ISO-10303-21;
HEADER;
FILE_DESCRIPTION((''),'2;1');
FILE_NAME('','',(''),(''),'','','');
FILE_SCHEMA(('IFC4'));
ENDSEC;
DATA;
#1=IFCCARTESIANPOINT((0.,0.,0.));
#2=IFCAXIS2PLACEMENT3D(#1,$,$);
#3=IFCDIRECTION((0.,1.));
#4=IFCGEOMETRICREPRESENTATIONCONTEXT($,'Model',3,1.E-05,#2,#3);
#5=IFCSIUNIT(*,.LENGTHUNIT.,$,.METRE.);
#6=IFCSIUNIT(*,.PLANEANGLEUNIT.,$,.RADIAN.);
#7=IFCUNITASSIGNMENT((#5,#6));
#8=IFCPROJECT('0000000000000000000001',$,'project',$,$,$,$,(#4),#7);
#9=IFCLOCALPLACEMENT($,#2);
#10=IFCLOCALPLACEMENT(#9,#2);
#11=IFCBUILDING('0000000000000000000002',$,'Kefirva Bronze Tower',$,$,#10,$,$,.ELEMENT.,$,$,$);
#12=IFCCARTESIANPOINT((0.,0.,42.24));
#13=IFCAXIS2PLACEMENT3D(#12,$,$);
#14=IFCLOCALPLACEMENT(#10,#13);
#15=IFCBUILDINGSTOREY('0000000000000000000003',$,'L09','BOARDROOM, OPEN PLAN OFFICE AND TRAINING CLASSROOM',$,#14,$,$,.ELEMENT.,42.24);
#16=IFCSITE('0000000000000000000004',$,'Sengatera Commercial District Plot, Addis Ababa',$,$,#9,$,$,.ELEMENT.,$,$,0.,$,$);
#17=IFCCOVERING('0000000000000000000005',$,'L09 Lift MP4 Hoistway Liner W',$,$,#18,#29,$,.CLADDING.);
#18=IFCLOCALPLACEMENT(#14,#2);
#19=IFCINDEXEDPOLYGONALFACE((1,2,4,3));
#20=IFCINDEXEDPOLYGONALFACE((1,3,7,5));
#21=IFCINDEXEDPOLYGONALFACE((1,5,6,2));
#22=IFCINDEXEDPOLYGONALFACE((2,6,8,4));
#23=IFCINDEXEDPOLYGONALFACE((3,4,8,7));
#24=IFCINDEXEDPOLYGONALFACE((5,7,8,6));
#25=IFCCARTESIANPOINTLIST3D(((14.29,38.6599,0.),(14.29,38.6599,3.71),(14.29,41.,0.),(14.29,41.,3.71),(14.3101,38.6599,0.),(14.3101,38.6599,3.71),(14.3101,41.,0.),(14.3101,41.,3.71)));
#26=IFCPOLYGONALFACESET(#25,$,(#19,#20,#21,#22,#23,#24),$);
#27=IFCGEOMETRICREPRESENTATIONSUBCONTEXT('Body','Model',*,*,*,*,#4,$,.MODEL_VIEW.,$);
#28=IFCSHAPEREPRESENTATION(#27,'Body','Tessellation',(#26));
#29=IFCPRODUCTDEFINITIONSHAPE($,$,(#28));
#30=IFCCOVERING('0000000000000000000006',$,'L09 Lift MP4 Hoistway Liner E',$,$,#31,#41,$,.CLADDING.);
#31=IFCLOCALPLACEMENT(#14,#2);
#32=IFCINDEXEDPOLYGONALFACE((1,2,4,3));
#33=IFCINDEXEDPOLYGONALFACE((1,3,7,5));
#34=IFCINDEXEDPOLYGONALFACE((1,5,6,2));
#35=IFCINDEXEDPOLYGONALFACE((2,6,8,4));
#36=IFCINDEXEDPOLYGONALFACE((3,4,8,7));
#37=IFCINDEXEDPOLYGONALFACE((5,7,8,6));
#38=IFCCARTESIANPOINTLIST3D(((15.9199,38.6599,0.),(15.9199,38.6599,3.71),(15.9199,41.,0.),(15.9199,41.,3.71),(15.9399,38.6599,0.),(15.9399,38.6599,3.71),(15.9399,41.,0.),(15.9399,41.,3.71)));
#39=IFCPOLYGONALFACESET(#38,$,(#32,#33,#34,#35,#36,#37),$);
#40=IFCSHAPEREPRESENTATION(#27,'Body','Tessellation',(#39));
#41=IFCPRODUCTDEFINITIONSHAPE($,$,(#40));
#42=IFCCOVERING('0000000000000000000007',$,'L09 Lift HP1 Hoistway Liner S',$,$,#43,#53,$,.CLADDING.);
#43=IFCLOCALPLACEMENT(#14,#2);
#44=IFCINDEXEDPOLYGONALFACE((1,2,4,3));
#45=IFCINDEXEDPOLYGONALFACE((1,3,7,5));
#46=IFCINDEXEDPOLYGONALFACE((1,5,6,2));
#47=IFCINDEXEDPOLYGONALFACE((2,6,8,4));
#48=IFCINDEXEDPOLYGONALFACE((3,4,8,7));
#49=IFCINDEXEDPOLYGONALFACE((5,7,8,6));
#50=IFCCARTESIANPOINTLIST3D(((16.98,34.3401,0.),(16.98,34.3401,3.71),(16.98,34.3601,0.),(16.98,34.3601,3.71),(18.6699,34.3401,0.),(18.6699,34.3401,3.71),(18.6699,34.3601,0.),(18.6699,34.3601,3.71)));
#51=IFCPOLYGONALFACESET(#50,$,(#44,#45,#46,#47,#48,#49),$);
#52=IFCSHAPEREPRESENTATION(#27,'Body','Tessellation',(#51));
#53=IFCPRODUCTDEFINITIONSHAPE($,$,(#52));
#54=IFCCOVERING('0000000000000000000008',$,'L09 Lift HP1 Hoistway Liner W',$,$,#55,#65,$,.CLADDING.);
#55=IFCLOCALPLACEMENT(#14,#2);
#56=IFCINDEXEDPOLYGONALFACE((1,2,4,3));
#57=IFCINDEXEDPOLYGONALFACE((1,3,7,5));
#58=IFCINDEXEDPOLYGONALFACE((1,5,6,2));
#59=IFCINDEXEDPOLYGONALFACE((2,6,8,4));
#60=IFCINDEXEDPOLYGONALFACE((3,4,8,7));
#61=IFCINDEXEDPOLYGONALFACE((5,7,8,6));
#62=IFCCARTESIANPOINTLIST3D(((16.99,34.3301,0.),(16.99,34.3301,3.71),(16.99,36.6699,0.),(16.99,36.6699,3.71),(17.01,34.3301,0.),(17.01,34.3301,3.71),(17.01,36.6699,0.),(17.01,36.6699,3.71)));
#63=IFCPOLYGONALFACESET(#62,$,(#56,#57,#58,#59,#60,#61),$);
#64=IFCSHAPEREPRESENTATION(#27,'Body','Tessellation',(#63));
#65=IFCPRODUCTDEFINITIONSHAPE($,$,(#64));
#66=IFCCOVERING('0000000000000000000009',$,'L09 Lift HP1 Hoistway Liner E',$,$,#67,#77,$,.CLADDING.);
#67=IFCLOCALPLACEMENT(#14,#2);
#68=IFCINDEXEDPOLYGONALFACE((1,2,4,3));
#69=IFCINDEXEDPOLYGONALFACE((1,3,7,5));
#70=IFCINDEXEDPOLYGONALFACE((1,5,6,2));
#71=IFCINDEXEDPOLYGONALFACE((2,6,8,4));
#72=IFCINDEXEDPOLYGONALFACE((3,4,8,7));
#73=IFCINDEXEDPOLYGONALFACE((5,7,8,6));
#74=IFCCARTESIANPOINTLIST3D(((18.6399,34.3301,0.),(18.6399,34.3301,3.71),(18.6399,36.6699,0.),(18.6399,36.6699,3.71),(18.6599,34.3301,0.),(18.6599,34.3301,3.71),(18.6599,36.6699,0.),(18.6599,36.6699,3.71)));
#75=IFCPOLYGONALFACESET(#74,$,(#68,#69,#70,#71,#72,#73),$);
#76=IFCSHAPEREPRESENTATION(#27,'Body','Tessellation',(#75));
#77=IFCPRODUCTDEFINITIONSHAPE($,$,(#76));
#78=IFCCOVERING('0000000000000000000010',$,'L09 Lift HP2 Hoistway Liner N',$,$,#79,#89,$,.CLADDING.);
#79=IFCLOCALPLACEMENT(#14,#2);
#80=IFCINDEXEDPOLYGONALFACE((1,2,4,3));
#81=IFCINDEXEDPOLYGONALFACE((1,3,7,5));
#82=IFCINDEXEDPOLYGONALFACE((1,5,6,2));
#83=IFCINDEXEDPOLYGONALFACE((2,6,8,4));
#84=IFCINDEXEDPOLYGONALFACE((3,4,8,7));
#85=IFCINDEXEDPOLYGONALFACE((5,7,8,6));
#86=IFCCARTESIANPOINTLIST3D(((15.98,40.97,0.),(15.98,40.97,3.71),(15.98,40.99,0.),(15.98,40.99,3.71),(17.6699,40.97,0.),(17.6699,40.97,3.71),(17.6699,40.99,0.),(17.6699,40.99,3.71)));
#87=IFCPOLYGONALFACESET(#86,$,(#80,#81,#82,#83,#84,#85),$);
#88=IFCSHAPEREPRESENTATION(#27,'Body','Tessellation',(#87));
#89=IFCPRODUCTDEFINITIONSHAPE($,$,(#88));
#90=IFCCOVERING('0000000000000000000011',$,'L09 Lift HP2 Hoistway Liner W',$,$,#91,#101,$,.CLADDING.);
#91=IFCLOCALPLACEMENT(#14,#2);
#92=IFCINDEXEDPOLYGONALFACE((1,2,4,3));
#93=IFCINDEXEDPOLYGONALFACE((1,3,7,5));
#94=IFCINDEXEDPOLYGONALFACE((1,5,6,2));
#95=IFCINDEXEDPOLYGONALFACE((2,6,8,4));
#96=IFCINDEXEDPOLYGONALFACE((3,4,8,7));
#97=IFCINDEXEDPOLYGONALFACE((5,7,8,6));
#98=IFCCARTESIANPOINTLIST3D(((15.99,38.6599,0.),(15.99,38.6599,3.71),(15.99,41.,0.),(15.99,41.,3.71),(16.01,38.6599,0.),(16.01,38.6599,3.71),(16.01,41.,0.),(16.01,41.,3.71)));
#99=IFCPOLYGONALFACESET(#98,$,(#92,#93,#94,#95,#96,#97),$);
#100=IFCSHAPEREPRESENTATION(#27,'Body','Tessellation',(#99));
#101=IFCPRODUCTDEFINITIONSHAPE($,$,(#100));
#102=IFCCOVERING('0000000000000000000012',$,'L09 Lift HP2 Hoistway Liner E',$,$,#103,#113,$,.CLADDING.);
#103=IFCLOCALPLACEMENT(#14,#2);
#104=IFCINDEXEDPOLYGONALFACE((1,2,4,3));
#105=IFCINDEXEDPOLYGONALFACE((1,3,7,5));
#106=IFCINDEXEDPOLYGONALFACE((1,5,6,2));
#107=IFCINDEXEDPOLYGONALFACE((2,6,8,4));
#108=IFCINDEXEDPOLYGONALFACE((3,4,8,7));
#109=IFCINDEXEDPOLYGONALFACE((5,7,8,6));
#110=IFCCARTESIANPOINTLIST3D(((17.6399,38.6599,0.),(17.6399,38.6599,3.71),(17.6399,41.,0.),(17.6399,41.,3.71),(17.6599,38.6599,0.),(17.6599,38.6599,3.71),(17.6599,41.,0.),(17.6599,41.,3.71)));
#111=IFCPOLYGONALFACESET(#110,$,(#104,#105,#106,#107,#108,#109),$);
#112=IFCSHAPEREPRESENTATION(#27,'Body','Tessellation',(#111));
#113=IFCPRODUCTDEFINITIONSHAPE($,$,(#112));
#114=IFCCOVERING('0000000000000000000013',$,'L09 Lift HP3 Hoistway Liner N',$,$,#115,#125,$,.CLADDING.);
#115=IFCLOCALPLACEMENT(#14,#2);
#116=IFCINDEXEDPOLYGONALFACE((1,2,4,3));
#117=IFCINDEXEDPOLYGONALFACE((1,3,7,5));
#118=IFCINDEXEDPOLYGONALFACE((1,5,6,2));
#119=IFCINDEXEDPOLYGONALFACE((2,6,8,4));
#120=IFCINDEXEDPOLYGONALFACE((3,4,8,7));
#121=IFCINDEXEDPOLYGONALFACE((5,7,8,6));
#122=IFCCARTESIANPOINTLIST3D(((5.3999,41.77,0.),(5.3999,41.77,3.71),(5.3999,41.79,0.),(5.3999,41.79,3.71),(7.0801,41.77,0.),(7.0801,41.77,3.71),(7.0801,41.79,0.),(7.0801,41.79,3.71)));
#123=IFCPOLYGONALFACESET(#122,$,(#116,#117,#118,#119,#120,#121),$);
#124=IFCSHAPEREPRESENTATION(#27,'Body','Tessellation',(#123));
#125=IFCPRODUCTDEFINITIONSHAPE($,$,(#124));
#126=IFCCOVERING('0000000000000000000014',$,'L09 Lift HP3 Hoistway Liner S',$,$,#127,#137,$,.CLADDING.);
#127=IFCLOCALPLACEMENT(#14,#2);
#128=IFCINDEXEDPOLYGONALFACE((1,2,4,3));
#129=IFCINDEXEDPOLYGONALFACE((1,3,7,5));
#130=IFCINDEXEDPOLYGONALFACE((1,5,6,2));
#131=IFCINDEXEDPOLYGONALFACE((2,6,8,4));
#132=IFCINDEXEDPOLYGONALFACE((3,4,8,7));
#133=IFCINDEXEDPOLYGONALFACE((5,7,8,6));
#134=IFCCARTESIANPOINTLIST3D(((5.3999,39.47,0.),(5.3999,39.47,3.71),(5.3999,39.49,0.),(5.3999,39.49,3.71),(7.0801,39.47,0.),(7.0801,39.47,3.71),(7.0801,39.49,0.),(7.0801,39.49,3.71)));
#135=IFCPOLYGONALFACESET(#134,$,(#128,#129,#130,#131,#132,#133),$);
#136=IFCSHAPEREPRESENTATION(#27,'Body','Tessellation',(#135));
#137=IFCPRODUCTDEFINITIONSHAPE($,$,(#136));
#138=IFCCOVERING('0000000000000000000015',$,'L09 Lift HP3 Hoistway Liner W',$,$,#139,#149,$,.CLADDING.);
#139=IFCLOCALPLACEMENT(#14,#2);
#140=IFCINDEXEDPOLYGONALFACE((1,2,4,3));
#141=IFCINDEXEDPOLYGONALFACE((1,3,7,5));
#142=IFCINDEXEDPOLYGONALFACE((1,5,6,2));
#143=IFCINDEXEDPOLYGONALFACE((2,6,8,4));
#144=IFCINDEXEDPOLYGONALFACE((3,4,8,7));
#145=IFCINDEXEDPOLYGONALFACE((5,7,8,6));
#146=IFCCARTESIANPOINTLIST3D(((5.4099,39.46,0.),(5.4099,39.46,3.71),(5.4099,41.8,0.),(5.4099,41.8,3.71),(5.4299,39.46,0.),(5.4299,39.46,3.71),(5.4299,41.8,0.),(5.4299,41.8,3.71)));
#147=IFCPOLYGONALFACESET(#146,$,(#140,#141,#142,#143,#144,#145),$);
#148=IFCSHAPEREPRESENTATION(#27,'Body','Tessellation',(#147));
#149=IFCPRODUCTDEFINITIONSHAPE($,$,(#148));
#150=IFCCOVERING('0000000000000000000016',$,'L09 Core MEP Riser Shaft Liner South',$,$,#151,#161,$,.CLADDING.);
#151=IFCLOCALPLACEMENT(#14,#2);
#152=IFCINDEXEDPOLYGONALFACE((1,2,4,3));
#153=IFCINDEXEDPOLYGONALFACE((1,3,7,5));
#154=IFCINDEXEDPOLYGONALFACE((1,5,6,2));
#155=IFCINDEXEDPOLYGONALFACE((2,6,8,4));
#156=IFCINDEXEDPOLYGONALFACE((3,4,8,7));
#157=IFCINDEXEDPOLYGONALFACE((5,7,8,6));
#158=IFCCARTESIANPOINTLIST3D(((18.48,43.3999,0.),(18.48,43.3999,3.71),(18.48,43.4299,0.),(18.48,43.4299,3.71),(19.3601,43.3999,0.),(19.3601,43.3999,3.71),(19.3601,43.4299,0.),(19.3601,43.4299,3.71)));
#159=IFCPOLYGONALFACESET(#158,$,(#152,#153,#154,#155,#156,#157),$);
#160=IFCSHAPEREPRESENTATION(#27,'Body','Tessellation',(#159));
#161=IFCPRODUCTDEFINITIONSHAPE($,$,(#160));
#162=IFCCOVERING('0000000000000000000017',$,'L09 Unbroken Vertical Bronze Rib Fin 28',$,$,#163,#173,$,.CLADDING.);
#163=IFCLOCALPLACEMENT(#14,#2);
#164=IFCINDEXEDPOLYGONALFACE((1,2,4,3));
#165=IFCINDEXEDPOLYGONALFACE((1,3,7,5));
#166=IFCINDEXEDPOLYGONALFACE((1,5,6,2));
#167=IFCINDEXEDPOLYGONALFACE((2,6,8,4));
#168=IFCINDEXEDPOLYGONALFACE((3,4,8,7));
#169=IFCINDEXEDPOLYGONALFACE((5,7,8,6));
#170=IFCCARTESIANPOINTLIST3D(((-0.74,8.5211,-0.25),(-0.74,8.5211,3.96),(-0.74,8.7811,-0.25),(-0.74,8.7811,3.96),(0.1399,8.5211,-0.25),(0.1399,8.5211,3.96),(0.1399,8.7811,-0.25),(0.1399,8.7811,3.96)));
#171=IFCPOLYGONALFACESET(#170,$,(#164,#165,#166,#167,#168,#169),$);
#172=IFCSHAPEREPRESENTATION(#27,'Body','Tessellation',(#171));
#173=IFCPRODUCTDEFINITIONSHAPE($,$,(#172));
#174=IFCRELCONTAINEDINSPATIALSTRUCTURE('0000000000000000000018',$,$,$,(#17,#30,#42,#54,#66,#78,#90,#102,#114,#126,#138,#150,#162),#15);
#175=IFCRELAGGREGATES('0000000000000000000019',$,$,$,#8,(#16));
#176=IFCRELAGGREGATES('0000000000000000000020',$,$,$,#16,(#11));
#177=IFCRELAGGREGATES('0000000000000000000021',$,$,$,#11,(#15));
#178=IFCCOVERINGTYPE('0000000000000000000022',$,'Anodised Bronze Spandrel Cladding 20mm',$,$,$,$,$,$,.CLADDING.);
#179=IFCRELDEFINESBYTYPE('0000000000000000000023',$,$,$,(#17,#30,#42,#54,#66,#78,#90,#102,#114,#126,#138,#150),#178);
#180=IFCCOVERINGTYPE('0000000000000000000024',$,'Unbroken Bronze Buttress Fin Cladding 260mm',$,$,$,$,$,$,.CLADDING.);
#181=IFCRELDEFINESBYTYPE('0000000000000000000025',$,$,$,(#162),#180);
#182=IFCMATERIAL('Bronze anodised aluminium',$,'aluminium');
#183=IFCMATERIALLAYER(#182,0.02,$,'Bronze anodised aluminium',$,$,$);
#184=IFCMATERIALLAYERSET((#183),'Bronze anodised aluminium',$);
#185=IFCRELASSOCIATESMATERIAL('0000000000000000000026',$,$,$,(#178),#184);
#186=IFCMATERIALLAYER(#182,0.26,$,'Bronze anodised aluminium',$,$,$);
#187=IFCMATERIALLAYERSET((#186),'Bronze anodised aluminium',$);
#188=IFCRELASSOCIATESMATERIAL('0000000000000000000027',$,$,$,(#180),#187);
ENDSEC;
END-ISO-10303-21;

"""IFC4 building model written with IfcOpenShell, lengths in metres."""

from ifc_helpers import new_model, si_unit, direction, frame, origin, origin_2d, place, context, subcontext, project, spatial, polyline, rectangle, outline, extrude, material, layer, layer_set, type_object, element, save


model = new_model("IFC4")

# Units and contexts
model_context = context("Model", 3, precision=1e-05, world=origin(), true_north=direction((0.0, 1.0)))
body_context = subcontext(model_context, "Body", "Model", "MODEL_VIEW")
ifc_project = project(units=[si_unit("LENGTHUNIT", "METRE"), si_unit("PLANEANGLEUNIT", "RADIAN")], contexts=[model_context])

# Site, building, storey
site_placement = place(None, origin())
site = spatial("IfcSite", under=ifc_project, at=site_placement, Name="Sengatera Commercial District Plot, Addis Ababa", CompositionType="ELEMENT", RefElevation=0.0)
building_placement = place(site_placement, origin())
building = spatial("IfcBuilding", under=site, at=building_placement, Name="Kefirva Bronze Tower", CompositionType="ELEMENT")
storey_placement = place(building_placement, frame((0.0, 0.0, 42.24)))
storey = spatial("IfcBuildingStorey", under=building, at=storey_placement, Name="L09", Description="BOARDROOM, OPEN PLAN OFFICE AND TRAINING CLASSROOM", CompositionType="ELEMENT", Elevation=42.24)

# Coverings
ifc_material = material(Name="Bronze anodised aluminium", Category="aluminium")
ifc_layer_1 = layer(ifc_material, 0.02, Name="Bronze anodised aluminium")
ifc_layer_set_1 = layer_set([ifc_layer_1], Name="Bronze anodised aluminium")
covering_type_1 = type_object("IfcCoveringType", Name="Anodised Bronze Spandrel Cladding 20mm", PredefinedType="CLADDING", material=ifc_layer_set_1)
covering_1_placement = place(storey_placement, origin())
element("IfcCovering", 1, at=covering_1_placement, inside=storey, type_object=covering_type_1, Name="L09 Lift MP4 Hoistway Liner W", PredefinedType="CLADDING", context=body_context, shape_type="SweptSolid", body=[
    extrude(outline(polyline([(14.29, 38.6599), (14.3101, 38.6599), (14.3101, 41.0), (14.29, 41.0), (14.29, 38.6599)])), origin(), (0.0, 0.0, 1.0), 3.71),
])
covering_2_placement = place(storey_placement, origin())
element("IfcCovering", 2, at=covering_2_placement, inside=storey, type_object=covering_type_1, Name="L09 Lift MP4 Hoistway Liner E", PredefinedType="CLADDING", context=body_context, shape_type="SweptSolid", body=[
    extrude(outline(polyline([(15.9199, 38.6599), (15.9399, 38.6599), (15.9399, 41.0), (15.9199, 41.0), (15.9199, 38.6599)])), origin(), (0.0, 0.0, 1.0), 3.71),
])
covering_3_placement = place(storey_placement, origin())
element("IfcCovering", 3, at=covering_3_placement, inside=storey, type_object=covering_type_1, Name="L09 Lift HP1 Hoistway Liner S", PredefinedType="CLADDING", context=body_context, shape_type="SweptSolid", body=[
    extrude(outline(polyline([(16.98, 34.3401), (18.6699, 34.3401), (18.6699, 34.3601), (16.98, 34.3601), (16.98, 34.3401)])), origin(), (0.0, 0.0, 1.0), 3.71),
])
covering_4_placement = place(storey_placement, origin())
element("IfcCovering", 4, at=covering_4_placement, inside=storey, type_object=covering_type_1, Name="L09 Lift HP1 Hoistway Liner W", PredefinedType="CLADDING", context=body_context, shape_type="SweptSolid", body=[
    extrude(outline(polyline([(16.99, 34.3301), (17.01, 34.3301), (17.01, 36.6699), (16.99, 36.6699), (16.99, 34.3301)])), origin(), (0.0, 0.0, 1.0), 3.71),
])
covering_5_placement = place(storey_placement, origin())
element("IfcCovering", 5, at=covering_5_placement, inside=storey, type_object=covering_type_1, Name="L09 Lift HP1 Hoistway Liner E", PredefinedType="CLADDING", context=body_context, shape_type="SweptSolid", body=[
    extrude(outline(polyline([(18.6399, 34.3301), (18.6599, 34.3301), (18.6599, 36.6699), (18.6399, 36.6699), (18.6399, 34.3301)])), origin(), (0.0, 0.0, 1.0), 3.71),
])
covering_6_placement = place(storey_placement, origin())
element("IfcCovering", 6, at=covering_6_placement, inside=storey, type_object=covering_type_1, Name="L09 Lift HP2 Hoistway Liner N", PredefinedType="CLADDING", context=body_context, shape_type="SweptSolid", body=[
    extrude(outline(polyline([(15.98, 40.97), (17.6699, 40.97), (17.6699, 40.99), (15.98, 40.99), (15.98, 40.97)])), origin(), (0.0, 0.0, 1.0), 3.71),
])
covering_7_placement = place(storey_placement, origin())
element("IfcCovering", 7, at=covering_7_placement, inside=storey, type_object=covering_type_1, Name="L09 Lift HP2 Hoistway Liner W", PredefinedType="CLADDING", context=body_context, shape_type="SweptSolid", body=[
    extrude(outline(polyline([(15.99, 38.6599), (16.01, 38.6599), (16.01, 41.0), (15.99, 41.0), (15.99, 38.6599)])), origin(), (0.0, 0.0, 1.0), 3.71),
])
covering_8_placement = place(storey_placement, origin())
element("IfcCovering", 8, at=covering_8_placement, inside=storey, type_object=covering_type_1, Name="L09 Lift HP2 Hoistway Liner E", PredefinedType="CLADDING", context=body_context, shape_type="SweptSolid", body=[
    extrude(outline(polyline([(17.6399, 38.6599), (17.6599, 38.6599), (17.6599, 41.0), (17.6399, 41.0), (17.6399, 38.6599)])), origin(), (0.0, 0.0, 1.0), 3.71),
])
covering_9_placement = place(storey_placement, origin())
element("IfcCovering", 9, at=covering_9_placement, inside=storey, type_object=covering_type_1, Name="L09 Lift HP3 Hoistway Liner N", PredefinedType="CLADDING", context=body_context, shape_type="SweptSolid", body=[
    extrude(outline(polyline([(5.3999, 41.77), (7.0801, 41.77), (7.0801, 41.79), (5.3999, 41.79), (5.3999, 41.77)])), origin(), (0.0, 0.0, 1.0), 3.71),
])
covering_10_placement = place(storey_placement, origin())
element("IfcCovering", 10, at=covering_10_placement, inside=storey, type_object=covering_type_1, Name="L09 Lift HP3 Hoistway Liner S", PredefinedType="CLADDING", context=body_context, shape_type="SweptSolid", body=[
    extrude(outline(polyline([(5.3999, 39.47), (7.0801, 39.47), (7.0801, 39.49), (5.3999, 39.49), (5.3999, 39.47)])), origin(), (0.0, 0.0, 1.0), 3.71),
])
covering_11_placement = place(storey_placement, origin())
element("IfcCovering", 11, at=covering_11_placement, inside=storey, type_object=covering_type_1, Name="L09 Lift HP3 Hoistway Liner W", PredefinedType="CLADDING", context=body_context, shape_type="SweptSolid", body=[
    extrude(outline(polyline([(5.4099, 39.46), (5.4299, 39.46), (5.4299, 41.8), (5.4099, 41.8), (5.4099, 39.46)])), origin(), (0.0, 0.0, 1.0), 3.71),
])
covering_12_placement = place(storey_placement, origin())
element("IfcCovering", 12, at=covering_12_placement, inside=storey, type_object=covering_type_1, Name="L09 Core MEP Riser Shaft Liner South", PredefinedType="CLADDING", context=body_context, shape_type="SweptSolid", body=[
    extrude(outline(polyline([(18.48, 43.3999), (19.3601, 43.3999), (19.3601, 43.4299), (18.48, 43.4299), (18.48, 43.3999)])), origin(), (0.0, 0.0, 1.0), 3.71),
])
ifc_layer_2 = layer(ifc_material, 0.26, Name="Bronze anodised aluminium")
ifc_layer_set_2 = layer_set([ifc_layer_2], Name="Bronze anodised aluminium")
covering_type_2 = type_object("IfcCoveringType", Name="Unbroken Bronze Buttress Fin Cladding 260mm", PredefinedType="CLADDING", material=ifc_layer_set_2)
covering_13_placement = place(storey_placement, frame((-0.3, 8.6511, -0.25), z_axis=(0.0, 0.0, 1.0), x_axis=(0.0, -1.0, 0.0)))
element("IfcCovering", 13, at=covering_13_placement, inside=storey, type_object=covering_type_2, Name="L09 Unbroken Vertical Bronze Rib Fin 28", PredefinedType="CLADDING", context=body_context, shape_type="SweptSolid", body=[
    extrude(rectangle(XDim=0.26, YDim=0.8799, at=origin_2d()), origin(), (0.0, 0.0, 1.0), 4.21),
])

save(model, "model.ifc")
